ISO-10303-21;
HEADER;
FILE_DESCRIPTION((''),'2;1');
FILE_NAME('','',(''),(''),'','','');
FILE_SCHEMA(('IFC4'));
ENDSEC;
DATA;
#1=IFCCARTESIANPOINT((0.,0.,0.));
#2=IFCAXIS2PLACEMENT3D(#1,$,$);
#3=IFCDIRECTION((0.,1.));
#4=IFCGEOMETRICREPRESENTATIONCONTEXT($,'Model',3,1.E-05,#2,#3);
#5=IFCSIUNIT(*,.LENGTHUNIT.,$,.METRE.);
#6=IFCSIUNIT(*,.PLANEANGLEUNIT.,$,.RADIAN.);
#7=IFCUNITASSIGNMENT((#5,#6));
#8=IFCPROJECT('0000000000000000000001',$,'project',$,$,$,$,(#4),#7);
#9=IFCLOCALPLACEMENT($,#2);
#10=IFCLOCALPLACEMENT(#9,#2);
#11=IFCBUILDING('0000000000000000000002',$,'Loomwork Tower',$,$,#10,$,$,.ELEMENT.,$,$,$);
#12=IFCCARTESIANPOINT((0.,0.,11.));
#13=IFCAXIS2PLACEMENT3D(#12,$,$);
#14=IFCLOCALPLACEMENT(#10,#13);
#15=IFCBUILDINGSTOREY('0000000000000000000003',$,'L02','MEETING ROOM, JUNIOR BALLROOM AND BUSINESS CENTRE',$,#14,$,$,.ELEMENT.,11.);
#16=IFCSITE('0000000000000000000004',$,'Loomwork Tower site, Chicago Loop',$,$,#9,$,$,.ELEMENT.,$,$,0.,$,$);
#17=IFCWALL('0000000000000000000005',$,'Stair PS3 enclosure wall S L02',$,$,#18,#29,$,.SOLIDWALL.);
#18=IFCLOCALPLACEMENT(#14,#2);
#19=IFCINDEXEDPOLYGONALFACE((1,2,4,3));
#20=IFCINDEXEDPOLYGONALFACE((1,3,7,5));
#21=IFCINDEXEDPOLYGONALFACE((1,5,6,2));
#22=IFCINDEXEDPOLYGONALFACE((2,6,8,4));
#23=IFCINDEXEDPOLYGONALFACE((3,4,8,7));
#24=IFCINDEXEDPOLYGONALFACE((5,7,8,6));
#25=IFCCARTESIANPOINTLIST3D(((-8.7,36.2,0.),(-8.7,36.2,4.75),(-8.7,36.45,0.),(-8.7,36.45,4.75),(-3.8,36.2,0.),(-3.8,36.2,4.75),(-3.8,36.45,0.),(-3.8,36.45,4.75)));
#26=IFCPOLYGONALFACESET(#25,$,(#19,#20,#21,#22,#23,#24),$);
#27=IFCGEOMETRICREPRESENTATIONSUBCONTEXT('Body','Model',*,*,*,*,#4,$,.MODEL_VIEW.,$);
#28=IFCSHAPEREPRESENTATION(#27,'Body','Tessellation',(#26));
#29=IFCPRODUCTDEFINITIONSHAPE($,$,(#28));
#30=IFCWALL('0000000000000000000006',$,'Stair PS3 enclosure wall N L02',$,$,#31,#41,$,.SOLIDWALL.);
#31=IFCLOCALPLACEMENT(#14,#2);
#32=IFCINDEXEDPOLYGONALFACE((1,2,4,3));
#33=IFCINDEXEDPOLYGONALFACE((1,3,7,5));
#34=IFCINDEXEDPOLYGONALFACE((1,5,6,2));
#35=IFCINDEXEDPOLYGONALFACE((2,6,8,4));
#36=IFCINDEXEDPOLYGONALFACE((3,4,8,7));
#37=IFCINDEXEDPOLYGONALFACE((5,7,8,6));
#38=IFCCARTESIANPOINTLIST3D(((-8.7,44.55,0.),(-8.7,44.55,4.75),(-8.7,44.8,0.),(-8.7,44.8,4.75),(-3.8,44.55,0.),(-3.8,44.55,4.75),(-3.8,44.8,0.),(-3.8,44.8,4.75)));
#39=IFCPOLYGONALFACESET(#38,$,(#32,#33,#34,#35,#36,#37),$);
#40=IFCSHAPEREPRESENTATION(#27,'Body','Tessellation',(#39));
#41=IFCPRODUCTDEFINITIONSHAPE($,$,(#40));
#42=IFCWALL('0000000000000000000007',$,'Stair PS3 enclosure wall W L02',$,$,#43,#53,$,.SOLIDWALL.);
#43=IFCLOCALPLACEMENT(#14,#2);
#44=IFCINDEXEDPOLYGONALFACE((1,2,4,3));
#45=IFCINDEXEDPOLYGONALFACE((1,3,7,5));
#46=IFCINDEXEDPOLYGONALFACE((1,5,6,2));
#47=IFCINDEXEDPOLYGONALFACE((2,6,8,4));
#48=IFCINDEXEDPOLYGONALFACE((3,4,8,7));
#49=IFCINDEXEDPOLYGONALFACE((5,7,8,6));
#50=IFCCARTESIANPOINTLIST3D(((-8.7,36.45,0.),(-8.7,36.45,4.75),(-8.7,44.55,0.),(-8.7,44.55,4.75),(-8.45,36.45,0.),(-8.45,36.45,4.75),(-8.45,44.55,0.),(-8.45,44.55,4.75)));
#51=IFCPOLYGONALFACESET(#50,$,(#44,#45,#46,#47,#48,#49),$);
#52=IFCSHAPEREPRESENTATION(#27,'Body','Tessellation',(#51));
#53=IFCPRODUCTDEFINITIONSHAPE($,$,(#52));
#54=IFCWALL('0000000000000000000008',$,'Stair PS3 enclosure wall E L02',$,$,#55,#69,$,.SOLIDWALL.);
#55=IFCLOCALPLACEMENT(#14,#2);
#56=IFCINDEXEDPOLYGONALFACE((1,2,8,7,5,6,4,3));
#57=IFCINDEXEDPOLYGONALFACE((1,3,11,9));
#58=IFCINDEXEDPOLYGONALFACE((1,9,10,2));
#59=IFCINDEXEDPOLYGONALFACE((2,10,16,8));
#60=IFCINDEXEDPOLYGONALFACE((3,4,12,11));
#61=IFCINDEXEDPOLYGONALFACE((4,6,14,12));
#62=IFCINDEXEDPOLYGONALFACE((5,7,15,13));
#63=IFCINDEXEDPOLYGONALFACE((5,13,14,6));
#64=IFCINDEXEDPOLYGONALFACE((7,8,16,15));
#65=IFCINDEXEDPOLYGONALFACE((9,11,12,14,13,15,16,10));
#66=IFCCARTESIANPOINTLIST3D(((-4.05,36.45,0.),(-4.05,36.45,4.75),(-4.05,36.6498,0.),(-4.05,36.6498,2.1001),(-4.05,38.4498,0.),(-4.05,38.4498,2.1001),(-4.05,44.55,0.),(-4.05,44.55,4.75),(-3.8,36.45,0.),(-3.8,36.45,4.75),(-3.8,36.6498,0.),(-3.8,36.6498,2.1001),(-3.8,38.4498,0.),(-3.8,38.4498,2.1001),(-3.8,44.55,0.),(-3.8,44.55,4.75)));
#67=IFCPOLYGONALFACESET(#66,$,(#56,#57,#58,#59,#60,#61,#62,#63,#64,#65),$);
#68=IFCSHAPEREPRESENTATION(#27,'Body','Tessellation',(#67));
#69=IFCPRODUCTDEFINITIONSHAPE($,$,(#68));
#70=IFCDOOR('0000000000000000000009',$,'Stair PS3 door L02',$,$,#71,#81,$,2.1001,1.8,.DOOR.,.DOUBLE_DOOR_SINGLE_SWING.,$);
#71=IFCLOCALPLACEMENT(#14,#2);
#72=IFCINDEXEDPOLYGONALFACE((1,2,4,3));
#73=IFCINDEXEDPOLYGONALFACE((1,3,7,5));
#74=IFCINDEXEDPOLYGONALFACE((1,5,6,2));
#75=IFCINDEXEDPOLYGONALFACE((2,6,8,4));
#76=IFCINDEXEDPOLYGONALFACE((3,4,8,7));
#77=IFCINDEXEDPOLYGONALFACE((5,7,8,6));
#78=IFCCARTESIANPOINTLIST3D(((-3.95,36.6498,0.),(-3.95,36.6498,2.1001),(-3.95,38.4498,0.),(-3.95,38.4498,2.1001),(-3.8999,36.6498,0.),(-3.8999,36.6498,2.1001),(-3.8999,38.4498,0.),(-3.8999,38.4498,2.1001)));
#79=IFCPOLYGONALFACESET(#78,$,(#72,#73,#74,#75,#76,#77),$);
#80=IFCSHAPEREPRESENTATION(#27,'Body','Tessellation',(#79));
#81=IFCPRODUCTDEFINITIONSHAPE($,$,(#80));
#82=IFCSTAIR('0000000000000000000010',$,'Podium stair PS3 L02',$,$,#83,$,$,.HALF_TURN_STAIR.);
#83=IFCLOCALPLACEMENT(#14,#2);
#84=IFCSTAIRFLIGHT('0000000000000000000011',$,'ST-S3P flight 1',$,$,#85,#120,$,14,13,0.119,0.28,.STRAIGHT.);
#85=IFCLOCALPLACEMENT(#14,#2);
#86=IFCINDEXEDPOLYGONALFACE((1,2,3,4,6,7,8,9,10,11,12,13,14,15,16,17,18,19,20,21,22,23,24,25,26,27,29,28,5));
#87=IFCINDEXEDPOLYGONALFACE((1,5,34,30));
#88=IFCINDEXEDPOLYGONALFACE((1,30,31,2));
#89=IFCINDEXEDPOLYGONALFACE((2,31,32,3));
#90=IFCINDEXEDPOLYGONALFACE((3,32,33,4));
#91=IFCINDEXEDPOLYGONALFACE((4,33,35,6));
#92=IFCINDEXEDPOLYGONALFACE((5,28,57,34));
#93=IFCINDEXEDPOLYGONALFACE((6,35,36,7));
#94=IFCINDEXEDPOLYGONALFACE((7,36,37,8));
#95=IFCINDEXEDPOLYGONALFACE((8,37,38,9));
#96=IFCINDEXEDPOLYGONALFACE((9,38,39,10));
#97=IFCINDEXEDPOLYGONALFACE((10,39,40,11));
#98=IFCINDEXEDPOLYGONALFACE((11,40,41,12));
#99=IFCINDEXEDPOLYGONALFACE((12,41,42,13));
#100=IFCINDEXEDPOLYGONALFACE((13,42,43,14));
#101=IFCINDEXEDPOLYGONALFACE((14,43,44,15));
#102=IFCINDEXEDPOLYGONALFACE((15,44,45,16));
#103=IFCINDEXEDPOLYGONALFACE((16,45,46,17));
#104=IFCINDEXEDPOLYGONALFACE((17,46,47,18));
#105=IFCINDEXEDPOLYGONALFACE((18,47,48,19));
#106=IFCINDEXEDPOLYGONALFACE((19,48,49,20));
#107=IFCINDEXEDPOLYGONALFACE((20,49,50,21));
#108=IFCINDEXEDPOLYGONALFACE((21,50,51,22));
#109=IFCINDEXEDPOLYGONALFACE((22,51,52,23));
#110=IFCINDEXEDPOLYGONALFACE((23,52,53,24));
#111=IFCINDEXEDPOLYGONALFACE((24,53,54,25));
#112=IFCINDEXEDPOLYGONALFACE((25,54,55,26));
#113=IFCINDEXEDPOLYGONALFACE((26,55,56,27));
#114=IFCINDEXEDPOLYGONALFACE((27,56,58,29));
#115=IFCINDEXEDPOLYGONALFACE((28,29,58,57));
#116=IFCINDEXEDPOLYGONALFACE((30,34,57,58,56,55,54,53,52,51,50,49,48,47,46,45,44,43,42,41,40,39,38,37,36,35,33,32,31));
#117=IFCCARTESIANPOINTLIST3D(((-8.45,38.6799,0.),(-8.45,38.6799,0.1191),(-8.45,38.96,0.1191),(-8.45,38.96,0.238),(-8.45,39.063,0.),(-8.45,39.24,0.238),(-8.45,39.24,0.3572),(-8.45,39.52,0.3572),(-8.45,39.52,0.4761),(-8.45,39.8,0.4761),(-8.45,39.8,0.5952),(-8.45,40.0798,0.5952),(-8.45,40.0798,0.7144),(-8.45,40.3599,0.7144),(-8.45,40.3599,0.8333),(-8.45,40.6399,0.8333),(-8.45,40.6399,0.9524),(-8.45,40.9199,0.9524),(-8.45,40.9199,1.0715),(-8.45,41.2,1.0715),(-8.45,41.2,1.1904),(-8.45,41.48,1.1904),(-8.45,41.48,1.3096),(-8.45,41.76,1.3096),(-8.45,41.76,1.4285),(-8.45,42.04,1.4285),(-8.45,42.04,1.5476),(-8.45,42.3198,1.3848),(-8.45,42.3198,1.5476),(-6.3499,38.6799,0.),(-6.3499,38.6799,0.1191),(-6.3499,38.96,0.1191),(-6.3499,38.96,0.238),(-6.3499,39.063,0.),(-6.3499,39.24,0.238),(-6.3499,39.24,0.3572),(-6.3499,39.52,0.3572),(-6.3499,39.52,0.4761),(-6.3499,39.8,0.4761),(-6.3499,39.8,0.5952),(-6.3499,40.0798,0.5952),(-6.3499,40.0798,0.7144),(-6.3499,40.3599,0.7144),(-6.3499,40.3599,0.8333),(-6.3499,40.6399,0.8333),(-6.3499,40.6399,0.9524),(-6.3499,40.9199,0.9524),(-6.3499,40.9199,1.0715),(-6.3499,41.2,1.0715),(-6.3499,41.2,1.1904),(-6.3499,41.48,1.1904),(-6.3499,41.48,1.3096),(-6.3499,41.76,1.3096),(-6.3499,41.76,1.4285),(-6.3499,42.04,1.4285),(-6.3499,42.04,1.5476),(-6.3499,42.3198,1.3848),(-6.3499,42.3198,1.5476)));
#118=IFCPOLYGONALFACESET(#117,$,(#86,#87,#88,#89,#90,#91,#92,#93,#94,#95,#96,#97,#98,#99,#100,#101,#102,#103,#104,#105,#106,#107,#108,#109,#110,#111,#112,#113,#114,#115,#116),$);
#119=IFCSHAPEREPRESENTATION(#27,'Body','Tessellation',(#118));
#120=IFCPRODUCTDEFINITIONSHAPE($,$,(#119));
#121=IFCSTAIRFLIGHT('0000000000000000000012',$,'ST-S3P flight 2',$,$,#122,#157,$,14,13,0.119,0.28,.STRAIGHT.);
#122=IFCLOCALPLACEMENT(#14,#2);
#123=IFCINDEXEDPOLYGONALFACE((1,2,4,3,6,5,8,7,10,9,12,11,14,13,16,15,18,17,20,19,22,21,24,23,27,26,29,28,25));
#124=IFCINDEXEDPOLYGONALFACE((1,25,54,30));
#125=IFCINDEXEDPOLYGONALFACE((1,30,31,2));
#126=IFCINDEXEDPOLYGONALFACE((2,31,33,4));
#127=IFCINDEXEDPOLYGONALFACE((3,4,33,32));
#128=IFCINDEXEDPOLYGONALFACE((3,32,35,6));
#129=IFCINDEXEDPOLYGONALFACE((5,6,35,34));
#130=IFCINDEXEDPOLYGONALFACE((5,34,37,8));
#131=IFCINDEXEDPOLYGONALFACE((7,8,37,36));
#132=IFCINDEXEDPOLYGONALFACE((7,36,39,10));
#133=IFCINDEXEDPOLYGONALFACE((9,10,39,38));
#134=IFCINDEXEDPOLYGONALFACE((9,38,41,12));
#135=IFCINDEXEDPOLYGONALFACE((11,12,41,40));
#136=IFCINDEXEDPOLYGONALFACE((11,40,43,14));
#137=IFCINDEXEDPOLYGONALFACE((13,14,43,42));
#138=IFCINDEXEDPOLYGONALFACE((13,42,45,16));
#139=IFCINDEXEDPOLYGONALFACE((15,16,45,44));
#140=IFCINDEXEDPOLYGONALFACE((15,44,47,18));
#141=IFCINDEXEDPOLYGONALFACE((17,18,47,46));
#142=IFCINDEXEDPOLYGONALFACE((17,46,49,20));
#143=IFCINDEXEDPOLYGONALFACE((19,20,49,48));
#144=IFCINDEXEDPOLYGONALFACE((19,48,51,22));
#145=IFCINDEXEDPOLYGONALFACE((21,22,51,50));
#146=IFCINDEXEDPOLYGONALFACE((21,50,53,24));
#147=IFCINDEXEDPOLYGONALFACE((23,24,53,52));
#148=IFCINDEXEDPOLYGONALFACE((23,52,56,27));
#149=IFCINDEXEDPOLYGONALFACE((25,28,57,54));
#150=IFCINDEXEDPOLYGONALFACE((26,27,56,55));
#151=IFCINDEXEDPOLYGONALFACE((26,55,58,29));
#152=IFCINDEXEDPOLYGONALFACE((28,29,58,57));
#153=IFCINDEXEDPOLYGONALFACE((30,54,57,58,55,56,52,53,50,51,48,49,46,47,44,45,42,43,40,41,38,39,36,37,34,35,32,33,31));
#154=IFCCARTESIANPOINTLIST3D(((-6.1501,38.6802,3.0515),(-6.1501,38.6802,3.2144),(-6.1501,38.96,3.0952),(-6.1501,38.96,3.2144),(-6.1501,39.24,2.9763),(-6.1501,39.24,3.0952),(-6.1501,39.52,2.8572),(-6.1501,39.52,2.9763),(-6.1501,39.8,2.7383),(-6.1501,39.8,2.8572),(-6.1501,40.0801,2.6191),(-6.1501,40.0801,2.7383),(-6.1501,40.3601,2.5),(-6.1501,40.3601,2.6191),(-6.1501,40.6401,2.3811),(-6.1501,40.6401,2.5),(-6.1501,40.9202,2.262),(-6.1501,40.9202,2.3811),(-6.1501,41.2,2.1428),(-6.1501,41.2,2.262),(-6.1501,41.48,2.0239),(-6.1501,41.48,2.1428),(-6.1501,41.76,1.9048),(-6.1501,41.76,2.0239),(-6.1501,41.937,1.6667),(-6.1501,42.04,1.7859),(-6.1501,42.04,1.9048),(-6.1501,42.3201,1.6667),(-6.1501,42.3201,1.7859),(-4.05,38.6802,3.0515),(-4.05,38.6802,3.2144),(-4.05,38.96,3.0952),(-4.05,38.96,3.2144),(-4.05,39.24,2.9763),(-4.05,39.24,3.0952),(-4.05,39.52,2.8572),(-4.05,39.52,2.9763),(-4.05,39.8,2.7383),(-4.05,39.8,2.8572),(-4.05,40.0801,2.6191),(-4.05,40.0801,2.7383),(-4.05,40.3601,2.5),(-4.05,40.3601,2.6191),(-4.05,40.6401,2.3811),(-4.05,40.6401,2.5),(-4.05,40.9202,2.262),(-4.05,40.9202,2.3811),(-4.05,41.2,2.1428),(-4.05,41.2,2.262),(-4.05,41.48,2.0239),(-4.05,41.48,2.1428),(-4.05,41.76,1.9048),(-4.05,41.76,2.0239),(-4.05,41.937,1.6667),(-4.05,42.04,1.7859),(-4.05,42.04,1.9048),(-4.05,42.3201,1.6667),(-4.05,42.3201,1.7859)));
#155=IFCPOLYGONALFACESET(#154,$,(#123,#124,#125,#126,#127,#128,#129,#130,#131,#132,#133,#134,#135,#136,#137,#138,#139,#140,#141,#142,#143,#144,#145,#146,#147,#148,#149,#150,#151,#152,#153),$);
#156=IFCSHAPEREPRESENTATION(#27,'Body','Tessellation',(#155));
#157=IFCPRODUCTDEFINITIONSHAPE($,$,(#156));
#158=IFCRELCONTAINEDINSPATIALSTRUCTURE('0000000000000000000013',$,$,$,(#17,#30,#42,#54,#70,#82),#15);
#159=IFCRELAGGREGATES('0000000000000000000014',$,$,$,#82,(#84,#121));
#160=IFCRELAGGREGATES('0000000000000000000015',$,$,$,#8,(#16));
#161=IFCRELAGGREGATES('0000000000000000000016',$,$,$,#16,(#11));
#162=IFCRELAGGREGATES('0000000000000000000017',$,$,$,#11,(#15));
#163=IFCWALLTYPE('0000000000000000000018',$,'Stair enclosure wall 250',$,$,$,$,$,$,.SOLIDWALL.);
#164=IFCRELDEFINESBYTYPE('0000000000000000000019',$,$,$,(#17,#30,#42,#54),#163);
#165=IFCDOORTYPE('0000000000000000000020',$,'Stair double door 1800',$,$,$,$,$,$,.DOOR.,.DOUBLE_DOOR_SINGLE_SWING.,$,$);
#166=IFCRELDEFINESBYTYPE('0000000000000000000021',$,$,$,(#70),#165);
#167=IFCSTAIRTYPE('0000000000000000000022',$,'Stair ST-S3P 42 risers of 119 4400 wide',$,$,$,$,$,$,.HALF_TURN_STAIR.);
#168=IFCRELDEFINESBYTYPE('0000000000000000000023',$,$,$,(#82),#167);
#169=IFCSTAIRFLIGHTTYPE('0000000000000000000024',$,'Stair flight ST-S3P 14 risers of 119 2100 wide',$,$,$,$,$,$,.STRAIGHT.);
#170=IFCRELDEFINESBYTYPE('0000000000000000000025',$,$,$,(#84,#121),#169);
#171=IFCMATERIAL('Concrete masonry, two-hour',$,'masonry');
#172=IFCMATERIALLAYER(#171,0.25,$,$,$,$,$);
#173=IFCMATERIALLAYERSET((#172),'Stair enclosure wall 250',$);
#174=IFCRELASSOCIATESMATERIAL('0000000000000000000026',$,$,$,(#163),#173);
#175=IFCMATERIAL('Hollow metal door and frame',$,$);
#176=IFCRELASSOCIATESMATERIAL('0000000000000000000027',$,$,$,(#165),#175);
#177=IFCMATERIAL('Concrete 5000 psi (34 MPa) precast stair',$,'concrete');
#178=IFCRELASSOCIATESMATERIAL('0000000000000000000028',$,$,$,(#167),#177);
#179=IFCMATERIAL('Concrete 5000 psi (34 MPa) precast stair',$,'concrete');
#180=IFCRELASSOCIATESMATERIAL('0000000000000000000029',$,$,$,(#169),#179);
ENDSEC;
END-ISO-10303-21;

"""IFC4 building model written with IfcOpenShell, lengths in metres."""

from ifc_helpers import new_model, si_unit, direction, frame, frame_2d, origin, place, context, subcontext, project, spatial, polyline, rectangle, outline, extrude, material, layer, layer_set, type_object, element, fill, aggregate, save


model = new_model("IFC4")

# Units and contexts
model_context = context("Model", 3, precision=1e-05, world=origin(), true_north=direction((0.0, 1.0)))
body_context = subcontext(model_context, "Body", "Model", "MODEL_VIEW")
ifc_project = project(units=[si_unit("LENGTHUNIT", "METRE"), si_unit("PLANEANGLEUNIT", "RADIAN")], contexts=[model_context])

# Site, building, storey
site_placement = place(None, origin())
site = spatial("IfcSite", under=ifc_project, at=site_placement, Name="Loomwork Tower site, Chicago Loop", CompositionType="ELEMENT", RefElevation=0.0)
building_placement = place(site_placement, origin())
building = spatial("IfcBuilding", under=site, at=building_placement, Name="Loomwork Tower", CompositionType="ELEMENT")
storey_placement = place(building_placement, frame((0.0, 0.0, 11.0)))
storey = spatial("IfcBuildingStorey", under=building, at=storey_placement, Name="L02", Description="MEETING ROOM, JUNIOR BALLROOM AND BUSINESS CENTRE", CompositionType="ELEMENT", Elevation=11.0)

# Walls
ifc_material_1 = material(Name="Concrete masonry, two-hour", Category="masonry")
ifc_layer_1 = layer(ifc_material_1, 0.25)
ifc_layer_set_1 = layer_set([ifc_layer_1], Name="Stair enclosure wall 250")
wall_type_1 = type_object("IfcWallType", Name="Stair enclosure wall 250", PredefinedType="SOLIDWALL", material=ifc_layer_set_1)
for number, where, z_axis, x_axis, name in (
    (1, (-8.7, 36.325, 0.0), (0.0, 0.0, 1.0), (1.0, 0.0, 0.0), "Stair PS3 enclosure wall S L02"),
    (2, (-8.7, 44.675, 0.0), (0.0, 0.0, 1.0), (1.0, 0.0, 0.0), "Stair PS3 enclosure wall N L02"),
):
    element("IfcWall", number, at=place(storey_placement, frame(where, z_axis=z_axis, x_axis=x_axis)), inside=storey, type_object=wall_type_1, Name=name, PredefinedType="SOLIDWALL", context=body_context, shape_type="SweptSolid", body=[
        extrude(rectangle(XDim=4.8999, YDim=0.25, at=frame_2d((2.45, 0.0))), origin(), (0.0, 0.0, 1.0), 4.75),
    ])
wall_1_placement = place(storey_placement, frame((-8.575, 36.45, 0.0), z_axis=(0.0, 0.0, 1.0), x_axis=(0.0, 1.0, 0.0)))
element("IfcWall", 3, at=wall_1_placement, inside=storey, type_object=wall_type_1, Name="Stair PS3 enclosure wall W L02", PredefinedType="SOLIDWALL", context=body_context, shape_type="SweptSolid", body=[
    extrude(rectangle(XDim=8.1001, YDim=0.25, at=frame_2d((4.05, 0.0))), origin(), (0.0, 0.0, 1.0), 4.75),
])

# Wall, opening, door
wall_2_placement = place(storey_placement, frame((-3.925, 36.45, 0.0), z_axis=(0.0, 0.0, 1.0), x_axis=(0.0, 1.0, 0.0)))
wall_2 = element("IfcWall", 4, at=wall_2_placement, inside=storey, type_object=wall_type_1, Name="Stair PS3 enclosure wall E L02", PredefinedType="SOLIDWALL", context=body_context, shape_type="SweptSolid", body=[
    extrude(rectangle(XDim=8.1001, YDim=0.25, at=frame_2d((4.05, 0.0))), origin(), (0.0, 0.0, 1.0), 4.75),
])
opening_1_placement = place(wall_2_placement, frame((0.2, 0.0, 0.0)))
opening_1 = element("IfcOpeningElement", 5, at=opening_1_placement, cuts=wall_2, PredefinedType="OPENING", context=body_context, shape_type="SweptSolid", body=[
    extrude(rectangle(XDim=1.8, YDim=2.1001, at=frame_2d((0.8999, 1.05))), frame((0.0, 0.135, 0.0), z_axis=(0.0, -1.0, 0.0), x_axis=(1.0, 0.0, 0.0)), (0.0, 0.0, 1.0), 0.27),
])
ifc_material_2 = material(Name="Hollow metal door and frame")
door_type = type_object("IfcDoorType", Name="Stair double door 1800", OperationType="DOUBLE_DOOR_SINGLE_SWING", PredefinedType="DOOR", material=ifc_material_2)
door_placement = place(opening_1_placement, origin())
door = element("IfcDoor", 6, at=door_placement, inside=storey, type_object=door_type, Name="Stair PS3 door L02", OperationType="DOUBLE_DOOR_SINGLE_SWING", OverallHeight=2.1001, OverallWidth=1.8, PredefinedType="DOOR", context=body_context, shape_type="SweptSolid", body=[
    extrude(rectangle(XDim=1.8, YDim=2.1001, at=frame_2d((0.8999, 1.05))), frame((0.0, 0.0249, 0.0), z_axis=(0.0, -1.0, 0.0), x_axis=(1.0, 0.0, 0.0)), (0.0, 0.0, 1.0), 0.05),
])
fill(opening_1, door)

# Stair, stair flights
ifc_material_3 = material(Name="Concrete 5000 psi (34 MPa) precast stair", Category="concrete")
stair_type = type_object("IfcStairType", Name="Stair ST-S3P 42 risers of 119 4400 wide", PredefinedType="HALF_TURN_STAIR", material=ifc_material_3)
stair_placement = place(storey_placement, origin())
stair = element("IfcStair", 7, at=stair_placement, inside=storey, type_object=stair_type, Name="Podium stair PS3 L02", PredefinedType="HALF_TURN_STAIR")
ifc_material_4 = material(Name="Concrete 5000 psi (34 MPa) precast stair", Category="concrete")
stair_flight_type = type_object("IfcStairFlightType", Name="Stair flight ST-S3P 14 risers of 119 2100 wide", PredefinedType="STRAIGHT", material=ifc_material_4)
stair_flight_1_placement = place(storey_placement, frame((-7.3999, 38.6799, 0.0), z_axis=(0.0, 0.0, 1.0), x_axis=(0.0, 1.0, 0.0)))
stair_flight_1 = element("IfcStairFlight", 8, at=stair_flight_1_placement, type_object=stair_flight_type, Name="ST-S3P flight 1", NumberOfRisers=14, NumberOfTreads=13, PredefinedType="STRAIGHT", RiserHeight=0.119, TreadLength=0.28, context=body_context, shape_type="SweptSolid", body=[
    extrude(outline(polyline([(0.0, 0.0), (0.0, 0.1191), (0.28, 0.1191), (0.28, 0.238), (0.5601, 0.238), (0.5601, 0.3572), (0.8401, 0.3572), (0.8401, 0.4761), (1.1201, 0.4761), (1.1201, 0.5952), (1.3999, 0.5952), (1.3999, 0.7144), (1.6799, 0.7144), (1.6799, 0.8333), (1.96, 0.8333), (1.96, 0.9524), (2.24, 0.9524), (2.24, 1.0715), (2.52, 1.0715), (2.52, 1.1904), (2.8, 1.1904), (2.8, 1.3096), (3.0801, 1.3096), (3.0801, 1.4285), (3.3601, 1.4285), (3.3601, 1.5476), (3.6399, 1.5476), (3.6399, 1.6667), (3.6399, 1.3848), (0.3831, 0.0), (0.0, 0.0)])), frame((0.0, 1.05, 0.0), z_axis=(0.0, -1.0, 0.0), x_axis=(1.0, 0.0, 0.0)), (0.0, 0.0, 1.0), 2.1001),
])
stair_flight_2_placement = place(storey_placement, frame((-5.1001, 42.3201, 1.6667), z_axis=(0.0, 0.0, 1.0), x_axis=(0.0, -1.0, 0.0)))
stair_flight_2 = element("IfcStairFlight", 9, at=stair_flight_2_placement, type_object=stair_flight_type, Name="ST-S3P flight 2", NumberOfRisers=14, NumberOfTreads=13, PredefinedType="STRAIGHT", RiserHeight=0.119, TreadLength=0.28, context=body_context, shape_type="SweptSolid", body=[
    extrude(outline(polyline([(0.0, 0.0), (0.0, 0.1191), (0.28, 0.1191), (0.28, 0.238), (0.5601, 0.238), (0.5601, 0.3572), (0.8401, 0.3572), (0.8401, 0.4761), (1.1201, 0.4761), (1.1201, 0.5952), (1.3999, 0.5952), (1.3999, 0.7144), (1.6799, 0.7144), (1.6799, 0.8333), (1.96, 0.8333), (1.96, 0.9524), (2.24, 0.9524), (2.24, 1.0715), (2.52, 1.0715), (2.52, 1.1904), (2.8, 1.1904), (2.8, 1.3096), (3.0801, 1.3096), (3.0801, 1.4285), (3.3601, 1.4285), (3.3601, 1.5476), (3.6399, 1.5476), (3.6399, 1.6667), (3.6399, 1.3848), (0.3831, 0.0), (0.0, 0.0)])), frame((0.0, 1.05, 0.0), z_axis=(0.0, -1.0, 0.0), x_axis=(1.0, 0.0, 0.0)), (0.0, 0.0, 1.0), 2.1001),
])
aggregate(stair, [stair_flight_1, stair_flight_2])

save(model, "model.ifc")
